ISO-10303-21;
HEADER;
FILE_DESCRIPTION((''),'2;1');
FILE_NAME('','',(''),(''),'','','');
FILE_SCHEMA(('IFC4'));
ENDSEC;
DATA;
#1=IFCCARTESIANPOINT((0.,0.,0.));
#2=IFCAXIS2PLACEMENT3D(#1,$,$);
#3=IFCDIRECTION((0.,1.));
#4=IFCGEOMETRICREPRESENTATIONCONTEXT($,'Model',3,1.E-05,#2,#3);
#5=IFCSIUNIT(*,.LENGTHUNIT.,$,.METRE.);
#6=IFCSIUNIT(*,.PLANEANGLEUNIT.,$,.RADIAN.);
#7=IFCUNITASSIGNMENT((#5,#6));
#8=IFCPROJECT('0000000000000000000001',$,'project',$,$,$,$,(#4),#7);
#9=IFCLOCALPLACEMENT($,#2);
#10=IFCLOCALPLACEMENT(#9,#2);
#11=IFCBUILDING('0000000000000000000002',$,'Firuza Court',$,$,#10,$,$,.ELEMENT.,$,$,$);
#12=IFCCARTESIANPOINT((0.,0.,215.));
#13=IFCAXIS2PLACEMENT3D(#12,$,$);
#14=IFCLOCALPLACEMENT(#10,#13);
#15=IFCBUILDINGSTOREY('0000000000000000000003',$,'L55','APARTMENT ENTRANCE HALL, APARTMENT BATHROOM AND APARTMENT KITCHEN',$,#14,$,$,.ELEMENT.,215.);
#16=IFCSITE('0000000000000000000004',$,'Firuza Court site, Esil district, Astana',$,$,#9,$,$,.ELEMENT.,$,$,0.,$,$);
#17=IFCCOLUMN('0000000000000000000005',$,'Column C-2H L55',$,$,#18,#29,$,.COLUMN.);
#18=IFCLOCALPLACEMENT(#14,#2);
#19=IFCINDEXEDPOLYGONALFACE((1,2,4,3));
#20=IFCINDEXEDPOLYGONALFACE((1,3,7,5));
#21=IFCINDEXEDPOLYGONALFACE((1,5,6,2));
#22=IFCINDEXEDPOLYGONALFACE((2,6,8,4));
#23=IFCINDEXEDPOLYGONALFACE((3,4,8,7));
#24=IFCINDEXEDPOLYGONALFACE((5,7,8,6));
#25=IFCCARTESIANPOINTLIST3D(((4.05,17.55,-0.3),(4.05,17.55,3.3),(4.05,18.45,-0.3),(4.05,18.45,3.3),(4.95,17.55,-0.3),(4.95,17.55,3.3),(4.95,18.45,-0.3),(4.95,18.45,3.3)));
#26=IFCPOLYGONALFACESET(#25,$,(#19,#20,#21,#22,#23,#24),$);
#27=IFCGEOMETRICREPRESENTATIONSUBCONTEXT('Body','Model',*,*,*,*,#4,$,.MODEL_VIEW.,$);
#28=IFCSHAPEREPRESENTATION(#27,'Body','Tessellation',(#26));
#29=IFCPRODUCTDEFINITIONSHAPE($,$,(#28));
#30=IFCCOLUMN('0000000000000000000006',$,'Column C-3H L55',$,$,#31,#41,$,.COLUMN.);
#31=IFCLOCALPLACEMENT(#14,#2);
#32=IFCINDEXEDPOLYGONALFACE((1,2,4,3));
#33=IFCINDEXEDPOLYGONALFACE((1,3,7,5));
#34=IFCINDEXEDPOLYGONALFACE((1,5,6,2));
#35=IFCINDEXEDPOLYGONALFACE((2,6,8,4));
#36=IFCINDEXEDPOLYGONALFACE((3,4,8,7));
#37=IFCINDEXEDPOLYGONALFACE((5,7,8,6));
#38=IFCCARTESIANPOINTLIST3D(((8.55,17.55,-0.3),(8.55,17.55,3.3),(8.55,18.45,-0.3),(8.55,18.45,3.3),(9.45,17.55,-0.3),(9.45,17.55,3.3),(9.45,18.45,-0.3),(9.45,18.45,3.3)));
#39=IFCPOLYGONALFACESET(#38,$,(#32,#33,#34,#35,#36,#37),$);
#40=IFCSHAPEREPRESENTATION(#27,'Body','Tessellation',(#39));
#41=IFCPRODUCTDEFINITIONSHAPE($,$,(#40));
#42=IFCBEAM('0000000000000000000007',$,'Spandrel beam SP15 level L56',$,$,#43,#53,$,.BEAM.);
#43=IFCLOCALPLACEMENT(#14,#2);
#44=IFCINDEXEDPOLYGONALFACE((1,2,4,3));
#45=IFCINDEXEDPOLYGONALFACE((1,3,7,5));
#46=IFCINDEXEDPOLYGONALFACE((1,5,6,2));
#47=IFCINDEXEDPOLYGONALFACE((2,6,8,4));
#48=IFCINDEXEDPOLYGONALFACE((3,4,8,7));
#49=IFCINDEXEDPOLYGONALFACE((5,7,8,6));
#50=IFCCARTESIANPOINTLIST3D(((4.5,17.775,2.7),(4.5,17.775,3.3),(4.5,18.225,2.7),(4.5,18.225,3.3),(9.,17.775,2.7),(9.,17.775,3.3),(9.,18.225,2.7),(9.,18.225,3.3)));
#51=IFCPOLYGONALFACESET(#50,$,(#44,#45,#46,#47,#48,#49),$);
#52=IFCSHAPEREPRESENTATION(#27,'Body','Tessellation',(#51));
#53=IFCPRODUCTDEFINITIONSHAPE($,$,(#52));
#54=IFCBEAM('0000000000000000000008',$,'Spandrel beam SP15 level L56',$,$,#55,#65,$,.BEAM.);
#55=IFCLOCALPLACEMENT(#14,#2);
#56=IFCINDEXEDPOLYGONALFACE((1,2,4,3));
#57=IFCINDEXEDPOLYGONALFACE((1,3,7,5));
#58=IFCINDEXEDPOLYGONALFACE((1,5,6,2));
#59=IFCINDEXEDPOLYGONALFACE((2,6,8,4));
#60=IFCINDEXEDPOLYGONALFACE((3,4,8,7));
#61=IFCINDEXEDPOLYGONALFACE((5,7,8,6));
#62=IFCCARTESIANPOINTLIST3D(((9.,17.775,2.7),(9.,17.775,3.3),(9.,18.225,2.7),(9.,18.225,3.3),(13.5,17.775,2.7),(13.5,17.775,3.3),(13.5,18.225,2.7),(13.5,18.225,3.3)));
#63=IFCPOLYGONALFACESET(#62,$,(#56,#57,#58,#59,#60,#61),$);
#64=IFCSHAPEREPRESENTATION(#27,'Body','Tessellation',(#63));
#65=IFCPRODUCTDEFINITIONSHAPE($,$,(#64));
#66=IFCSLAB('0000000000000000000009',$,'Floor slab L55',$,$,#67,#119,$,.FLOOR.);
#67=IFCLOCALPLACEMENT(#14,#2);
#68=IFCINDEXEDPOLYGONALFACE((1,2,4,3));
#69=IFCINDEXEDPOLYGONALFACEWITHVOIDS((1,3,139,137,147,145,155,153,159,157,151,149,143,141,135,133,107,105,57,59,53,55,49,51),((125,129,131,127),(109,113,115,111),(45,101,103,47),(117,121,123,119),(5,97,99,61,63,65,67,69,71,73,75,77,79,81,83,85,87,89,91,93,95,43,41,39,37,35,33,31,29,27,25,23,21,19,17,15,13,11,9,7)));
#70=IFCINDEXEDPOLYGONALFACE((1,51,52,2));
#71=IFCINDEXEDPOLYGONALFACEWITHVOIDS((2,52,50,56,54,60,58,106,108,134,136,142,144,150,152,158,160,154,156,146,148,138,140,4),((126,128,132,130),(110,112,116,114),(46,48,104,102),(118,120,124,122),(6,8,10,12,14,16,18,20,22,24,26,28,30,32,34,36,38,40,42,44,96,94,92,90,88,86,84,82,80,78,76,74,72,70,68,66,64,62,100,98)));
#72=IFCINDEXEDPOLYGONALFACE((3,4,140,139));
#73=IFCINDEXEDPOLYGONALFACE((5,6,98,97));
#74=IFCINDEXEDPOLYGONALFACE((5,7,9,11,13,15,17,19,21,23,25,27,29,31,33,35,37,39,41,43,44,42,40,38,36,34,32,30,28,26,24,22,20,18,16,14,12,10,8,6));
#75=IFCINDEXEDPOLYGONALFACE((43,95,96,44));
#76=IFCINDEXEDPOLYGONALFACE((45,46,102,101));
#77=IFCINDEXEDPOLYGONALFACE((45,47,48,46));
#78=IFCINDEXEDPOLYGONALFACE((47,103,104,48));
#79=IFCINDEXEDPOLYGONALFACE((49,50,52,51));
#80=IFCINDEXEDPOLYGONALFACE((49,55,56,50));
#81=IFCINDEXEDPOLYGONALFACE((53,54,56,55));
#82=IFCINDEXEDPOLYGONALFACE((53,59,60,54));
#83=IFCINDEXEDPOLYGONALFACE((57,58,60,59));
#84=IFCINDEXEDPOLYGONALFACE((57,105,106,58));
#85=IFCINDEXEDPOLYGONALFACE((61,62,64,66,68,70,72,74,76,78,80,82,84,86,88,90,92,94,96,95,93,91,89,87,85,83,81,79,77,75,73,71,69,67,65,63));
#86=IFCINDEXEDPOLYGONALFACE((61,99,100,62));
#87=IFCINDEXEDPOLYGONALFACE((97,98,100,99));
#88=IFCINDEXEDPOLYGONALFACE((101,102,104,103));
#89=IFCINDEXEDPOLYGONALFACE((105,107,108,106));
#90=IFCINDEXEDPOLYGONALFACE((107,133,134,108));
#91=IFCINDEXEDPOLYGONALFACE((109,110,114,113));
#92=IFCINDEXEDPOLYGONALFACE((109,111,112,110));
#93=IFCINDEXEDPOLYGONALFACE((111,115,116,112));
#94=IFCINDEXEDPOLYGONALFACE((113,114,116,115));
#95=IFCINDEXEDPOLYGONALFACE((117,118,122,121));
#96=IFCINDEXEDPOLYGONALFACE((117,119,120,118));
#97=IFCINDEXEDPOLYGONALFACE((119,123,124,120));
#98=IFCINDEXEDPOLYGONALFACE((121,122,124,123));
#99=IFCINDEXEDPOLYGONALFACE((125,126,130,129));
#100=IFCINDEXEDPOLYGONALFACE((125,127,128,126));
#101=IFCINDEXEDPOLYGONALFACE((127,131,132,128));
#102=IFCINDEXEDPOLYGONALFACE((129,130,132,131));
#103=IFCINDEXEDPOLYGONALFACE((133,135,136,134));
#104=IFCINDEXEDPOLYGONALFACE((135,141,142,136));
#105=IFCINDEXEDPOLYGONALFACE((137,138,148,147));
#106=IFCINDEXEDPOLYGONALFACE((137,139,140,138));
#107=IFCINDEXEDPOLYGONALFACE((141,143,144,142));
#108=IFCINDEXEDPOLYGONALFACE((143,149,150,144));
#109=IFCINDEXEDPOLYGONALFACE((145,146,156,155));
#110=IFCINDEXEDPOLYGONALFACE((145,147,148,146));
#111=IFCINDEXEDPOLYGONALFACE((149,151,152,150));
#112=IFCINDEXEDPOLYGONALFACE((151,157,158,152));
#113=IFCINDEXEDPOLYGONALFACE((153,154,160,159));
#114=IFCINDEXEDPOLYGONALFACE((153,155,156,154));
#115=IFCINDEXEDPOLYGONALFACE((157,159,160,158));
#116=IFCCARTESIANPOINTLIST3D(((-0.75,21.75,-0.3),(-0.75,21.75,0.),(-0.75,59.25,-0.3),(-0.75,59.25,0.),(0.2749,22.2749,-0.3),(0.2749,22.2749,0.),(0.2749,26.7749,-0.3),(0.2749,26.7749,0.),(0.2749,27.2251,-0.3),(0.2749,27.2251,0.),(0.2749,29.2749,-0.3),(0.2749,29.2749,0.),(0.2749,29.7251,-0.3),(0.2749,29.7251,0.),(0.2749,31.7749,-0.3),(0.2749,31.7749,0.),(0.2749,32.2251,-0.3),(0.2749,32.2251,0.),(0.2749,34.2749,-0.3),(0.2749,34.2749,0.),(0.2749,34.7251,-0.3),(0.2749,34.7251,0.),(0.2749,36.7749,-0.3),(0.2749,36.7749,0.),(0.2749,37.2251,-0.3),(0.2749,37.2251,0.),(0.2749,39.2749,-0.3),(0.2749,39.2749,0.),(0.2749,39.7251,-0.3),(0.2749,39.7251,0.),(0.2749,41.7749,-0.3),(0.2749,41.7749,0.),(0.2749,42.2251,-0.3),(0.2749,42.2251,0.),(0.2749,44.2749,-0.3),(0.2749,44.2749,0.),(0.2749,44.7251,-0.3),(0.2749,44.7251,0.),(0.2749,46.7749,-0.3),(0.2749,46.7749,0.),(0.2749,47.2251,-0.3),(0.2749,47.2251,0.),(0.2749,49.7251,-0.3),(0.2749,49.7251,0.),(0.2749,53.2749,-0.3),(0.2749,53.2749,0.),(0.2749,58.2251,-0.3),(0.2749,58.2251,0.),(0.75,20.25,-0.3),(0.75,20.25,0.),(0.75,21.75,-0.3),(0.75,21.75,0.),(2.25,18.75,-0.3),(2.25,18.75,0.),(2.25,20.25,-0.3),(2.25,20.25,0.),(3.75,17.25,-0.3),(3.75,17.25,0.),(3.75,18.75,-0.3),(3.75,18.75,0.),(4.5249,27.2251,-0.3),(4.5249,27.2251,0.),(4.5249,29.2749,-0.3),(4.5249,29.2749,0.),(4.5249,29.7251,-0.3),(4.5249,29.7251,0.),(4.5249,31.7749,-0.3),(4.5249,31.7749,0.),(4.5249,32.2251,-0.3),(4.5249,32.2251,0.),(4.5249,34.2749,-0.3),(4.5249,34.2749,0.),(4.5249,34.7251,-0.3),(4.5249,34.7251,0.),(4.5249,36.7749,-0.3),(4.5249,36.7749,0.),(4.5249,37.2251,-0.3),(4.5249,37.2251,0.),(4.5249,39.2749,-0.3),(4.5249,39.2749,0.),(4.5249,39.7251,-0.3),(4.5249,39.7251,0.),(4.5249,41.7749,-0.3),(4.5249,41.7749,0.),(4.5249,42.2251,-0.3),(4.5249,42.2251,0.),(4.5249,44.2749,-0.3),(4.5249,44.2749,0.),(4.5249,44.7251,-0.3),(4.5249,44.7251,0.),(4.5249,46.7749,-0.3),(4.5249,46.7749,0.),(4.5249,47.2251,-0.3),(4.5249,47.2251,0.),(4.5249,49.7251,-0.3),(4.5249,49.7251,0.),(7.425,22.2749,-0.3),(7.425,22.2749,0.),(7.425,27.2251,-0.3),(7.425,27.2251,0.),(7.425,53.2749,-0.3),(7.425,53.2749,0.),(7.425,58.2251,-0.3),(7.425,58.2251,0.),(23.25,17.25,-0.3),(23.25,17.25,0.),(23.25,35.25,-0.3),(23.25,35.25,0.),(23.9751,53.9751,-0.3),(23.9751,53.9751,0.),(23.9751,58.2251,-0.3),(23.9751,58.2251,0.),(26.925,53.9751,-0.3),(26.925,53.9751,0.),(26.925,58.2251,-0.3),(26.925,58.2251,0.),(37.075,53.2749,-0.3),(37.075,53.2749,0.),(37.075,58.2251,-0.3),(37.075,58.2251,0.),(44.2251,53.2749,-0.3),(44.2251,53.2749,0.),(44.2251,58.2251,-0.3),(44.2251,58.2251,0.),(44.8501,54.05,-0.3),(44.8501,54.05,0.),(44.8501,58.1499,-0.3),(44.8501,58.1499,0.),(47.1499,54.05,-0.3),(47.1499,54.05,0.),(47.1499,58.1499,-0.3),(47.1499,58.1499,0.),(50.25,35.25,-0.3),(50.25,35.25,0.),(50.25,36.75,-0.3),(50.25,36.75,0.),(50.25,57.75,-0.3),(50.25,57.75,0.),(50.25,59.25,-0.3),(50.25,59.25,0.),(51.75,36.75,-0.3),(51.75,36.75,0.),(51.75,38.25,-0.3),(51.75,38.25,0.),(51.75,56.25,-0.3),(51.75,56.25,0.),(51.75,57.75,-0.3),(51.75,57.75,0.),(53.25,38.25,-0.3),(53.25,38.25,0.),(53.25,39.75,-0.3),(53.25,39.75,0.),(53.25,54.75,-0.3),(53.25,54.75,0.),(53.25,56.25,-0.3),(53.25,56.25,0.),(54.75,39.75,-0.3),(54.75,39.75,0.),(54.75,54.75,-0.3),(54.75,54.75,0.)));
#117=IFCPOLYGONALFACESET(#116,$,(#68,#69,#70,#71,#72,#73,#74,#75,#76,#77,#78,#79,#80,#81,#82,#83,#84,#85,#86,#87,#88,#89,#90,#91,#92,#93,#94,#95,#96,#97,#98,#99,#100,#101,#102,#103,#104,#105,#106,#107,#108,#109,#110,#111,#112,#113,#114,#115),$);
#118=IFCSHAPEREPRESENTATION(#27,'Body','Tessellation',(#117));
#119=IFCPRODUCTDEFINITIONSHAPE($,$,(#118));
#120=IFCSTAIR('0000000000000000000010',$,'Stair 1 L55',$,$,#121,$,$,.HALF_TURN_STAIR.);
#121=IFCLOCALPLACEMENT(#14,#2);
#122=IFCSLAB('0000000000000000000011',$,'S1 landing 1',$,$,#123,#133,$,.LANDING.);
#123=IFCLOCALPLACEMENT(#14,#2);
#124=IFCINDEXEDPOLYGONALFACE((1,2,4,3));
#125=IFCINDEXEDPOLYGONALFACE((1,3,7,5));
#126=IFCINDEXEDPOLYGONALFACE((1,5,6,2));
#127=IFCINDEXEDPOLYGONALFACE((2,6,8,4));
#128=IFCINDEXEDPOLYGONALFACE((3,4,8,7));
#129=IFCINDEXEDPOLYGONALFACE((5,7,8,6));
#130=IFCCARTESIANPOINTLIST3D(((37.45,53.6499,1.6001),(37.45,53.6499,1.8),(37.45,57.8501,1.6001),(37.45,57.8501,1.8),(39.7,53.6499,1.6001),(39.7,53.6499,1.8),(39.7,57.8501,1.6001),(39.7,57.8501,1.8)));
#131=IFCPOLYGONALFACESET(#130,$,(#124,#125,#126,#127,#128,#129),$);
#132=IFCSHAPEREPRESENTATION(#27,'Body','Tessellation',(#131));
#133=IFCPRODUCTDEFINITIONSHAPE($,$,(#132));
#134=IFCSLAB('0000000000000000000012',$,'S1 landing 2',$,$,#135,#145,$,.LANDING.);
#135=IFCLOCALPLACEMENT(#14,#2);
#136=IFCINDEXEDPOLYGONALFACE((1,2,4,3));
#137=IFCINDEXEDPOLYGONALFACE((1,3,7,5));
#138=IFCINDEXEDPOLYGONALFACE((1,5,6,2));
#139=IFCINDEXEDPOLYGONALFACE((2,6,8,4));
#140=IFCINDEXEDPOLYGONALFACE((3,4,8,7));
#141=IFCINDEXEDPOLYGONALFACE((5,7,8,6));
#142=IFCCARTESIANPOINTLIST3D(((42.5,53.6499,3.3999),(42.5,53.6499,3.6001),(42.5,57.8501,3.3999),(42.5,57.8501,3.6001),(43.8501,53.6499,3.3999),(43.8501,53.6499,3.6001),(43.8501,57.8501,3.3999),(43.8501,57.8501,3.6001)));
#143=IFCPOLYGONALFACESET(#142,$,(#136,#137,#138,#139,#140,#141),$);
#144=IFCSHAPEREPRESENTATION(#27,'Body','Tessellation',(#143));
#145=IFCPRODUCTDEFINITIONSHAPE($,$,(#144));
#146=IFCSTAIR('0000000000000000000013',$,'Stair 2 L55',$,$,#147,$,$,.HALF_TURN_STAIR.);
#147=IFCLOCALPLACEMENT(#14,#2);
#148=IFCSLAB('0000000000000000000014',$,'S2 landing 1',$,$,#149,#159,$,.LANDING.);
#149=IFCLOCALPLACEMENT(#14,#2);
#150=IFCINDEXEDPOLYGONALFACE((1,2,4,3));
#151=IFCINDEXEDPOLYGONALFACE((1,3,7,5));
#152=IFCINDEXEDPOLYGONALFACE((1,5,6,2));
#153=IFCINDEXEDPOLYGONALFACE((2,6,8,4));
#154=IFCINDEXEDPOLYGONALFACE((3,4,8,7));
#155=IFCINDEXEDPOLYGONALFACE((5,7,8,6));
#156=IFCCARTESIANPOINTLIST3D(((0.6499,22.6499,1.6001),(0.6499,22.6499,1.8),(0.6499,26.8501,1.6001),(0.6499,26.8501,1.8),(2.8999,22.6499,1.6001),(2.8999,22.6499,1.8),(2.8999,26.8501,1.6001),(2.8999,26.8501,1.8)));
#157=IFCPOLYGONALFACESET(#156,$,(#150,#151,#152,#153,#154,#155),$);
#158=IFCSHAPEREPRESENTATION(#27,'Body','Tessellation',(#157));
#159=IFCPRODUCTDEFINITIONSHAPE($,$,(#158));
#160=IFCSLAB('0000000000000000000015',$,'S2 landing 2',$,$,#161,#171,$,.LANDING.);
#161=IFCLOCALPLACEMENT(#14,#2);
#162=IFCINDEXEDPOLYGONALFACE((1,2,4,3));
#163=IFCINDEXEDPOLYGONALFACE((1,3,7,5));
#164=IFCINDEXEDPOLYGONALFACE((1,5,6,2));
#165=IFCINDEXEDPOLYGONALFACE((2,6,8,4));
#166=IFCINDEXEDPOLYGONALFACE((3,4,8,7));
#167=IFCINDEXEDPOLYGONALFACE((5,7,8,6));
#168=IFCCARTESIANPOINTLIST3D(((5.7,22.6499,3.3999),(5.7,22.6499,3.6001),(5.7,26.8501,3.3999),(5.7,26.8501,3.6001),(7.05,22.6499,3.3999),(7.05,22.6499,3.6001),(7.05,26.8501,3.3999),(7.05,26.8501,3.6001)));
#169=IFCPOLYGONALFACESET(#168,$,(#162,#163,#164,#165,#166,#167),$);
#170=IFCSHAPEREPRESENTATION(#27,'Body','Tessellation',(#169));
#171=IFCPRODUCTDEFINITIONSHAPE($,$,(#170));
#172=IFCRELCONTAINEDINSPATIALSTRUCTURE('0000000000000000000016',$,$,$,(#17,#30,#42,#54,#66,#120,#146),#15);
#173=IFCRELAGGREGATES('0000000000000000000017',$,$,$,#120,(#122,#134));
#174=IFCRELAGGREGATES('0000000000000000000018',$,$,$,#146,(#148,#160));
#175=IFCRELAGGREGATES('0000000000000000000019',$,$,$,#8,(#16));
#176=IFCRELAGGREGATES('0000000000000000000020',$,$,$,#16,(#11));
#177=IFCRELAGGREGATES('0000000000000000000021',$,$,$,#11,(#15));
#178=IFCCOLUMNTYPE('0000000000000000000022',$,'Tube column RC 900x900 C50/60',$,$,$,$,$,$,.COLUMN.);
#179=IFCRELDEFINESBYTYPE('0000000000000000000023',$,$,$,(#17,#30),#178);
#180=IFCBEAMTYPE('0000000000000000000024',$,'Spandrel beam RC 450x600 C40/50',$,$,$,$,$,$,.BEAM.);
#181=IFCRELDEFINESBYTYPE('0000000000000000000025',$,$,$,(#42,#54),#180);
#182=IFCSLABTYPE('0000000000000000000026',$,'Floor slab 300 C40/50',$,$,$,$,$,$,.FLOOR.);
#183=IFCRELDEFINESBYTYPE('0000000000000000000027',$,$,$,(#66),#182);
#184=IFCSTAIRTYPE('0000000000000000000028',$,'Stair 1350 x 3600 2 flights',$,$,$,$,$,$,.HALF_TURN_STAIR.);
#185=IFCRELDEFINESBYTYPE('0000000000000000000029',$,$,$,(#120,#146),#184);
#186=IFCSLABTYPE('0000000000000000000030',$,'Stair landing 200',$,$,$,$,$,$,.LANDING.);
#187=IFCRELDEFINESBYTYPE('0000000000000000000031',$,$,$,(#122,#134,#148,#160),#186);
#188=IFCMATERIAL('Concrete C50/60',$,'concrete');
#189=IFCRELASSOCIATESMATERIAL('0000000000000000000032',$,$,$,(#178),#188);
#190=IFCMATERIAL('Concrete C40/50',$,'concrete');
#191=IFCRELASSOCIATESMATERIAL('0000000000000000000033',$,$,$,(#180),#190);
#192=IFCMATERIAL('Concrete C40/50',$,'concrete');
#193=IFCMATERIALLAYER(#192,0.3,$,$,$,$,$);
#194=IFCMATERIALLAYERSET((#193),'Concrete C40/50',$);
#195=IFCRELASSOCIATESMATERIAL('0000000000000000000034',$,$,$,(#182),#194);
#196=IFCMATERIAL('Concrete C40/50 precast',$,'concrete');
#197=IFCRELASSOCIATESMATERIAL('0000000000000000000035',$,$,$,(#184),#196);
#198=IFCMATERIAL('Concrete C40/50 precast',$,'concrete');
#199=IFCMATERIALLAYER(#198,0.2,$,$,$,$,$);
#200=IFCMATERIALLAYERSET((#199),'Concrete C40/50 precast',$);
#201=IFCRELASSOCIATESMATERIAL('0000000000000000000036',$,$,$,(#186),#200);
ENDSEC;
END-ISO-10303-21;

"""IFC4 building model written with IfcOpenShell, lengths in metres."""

from ifc_helpers import new_model, si_unit, direction, frame, origin, origin_2d, place, context, subcontext, project, spatial, polyline, rectangle, outline, extrude, material, layer, layer_set, material_profile, profile_set, type_object, element, aggregate, save


model = new_model("IFC4")

# Units and contexts
model_context = context("Model", 3, precision=1e-05, world=origin(), true_north=direction((0.0, 1.0)))
body_context = subcontext(model_context, "Body", "Model", "MODEL_VIEW")
ifc_project = project(units=[si_unit("LENGTHUNIT", "METRE"), si_unit("PLANEANGLEUNIT", "RADIAN")], contexts=[model_context])

# Site, building, storey
site_placement = place(None, origin())
site = spatial("IfcSite", under=ifc_project, at=site_placement, Name="Firuza Court site, Esil district, Astana", CompositionType="ELEMENT", RefElevation=0.0)
building_placement = place(site_placement, origin())
building = spatial("IfcBuilding", under=site, at=building_placement, Name="Firuza Court", CompositionType="ELEMENT")
storey_placement = place(building_placement, frame((0.0, 0.0, 215.0)))
storey = spatial("IfcBuildingStorey", under=building, at=storey_placement, Name="L55", Description="APARTMENT ENTRANCE HALL, APARTMENT BATHROOM AND APARTMENT KITCHEN", CompositionType="ELEMENT", Elevation=215.0)

# Columns
ifc_material_1 = material(Name="Concrete C50/60", Category="concrete")
ifc_material_profile_1 = material_profile(ifc_material_1, rectangle(XDim=0.8999, YDim=0.8999, at=origin_2d()), Name="RC 900x900")
ifc_profile_set_1 = profile_set([ifc_material_profile_1], Name="Concrete C50/60")
column_type = type_object("IfcColumnType", Name="Tube column RC 900x900 C50/60", PredefinedType="COLUMN", material=ifc_profile_set_1)
for number, where, z_axis, x_axis, name in (
    (1, (4.5, 18.0, -0.3), (0.0, 0.0, 1.0), (1.0, 0.0, 0.0), "Column C-2H L55"),
    (2, (9.0, 18.0, -0.3), (0.0, 0.0, 1.0), (1.0, 0.0, 0.0), "Column C-3H L55"),
):
    element("IfcColumn", number, at=place(storey_placement, frame(where, z_axis=z_axis, x_axis=x_axis)), inside=storey, type_object=column_type, Name=name, PredefinedType="COLUMN", context=body_context, shape_type="SweptSolid", body=[
        extrude(rectangle(XDim=0.8999, YDim=0.8999, at=origin_2d()), origin(), (0.0, 0.0, 1.0), 3.6001),
    ])

# Beams
ifc_material_2 = material(Name="Concrete C40/50", Category="concrete")
ifc_material_profile_2 = material_profile(ifc_material_2, rectangle(XDim=0.45, YDim=0.6001, at=origin_2d()), Name="RC 450x600")
ifc_profile_set_2 = profile_set([ifc_material_profile_2], Name="Concrete C40/50")
beam_type = type_object("IfcBeamType", Name="Spandrel beam RC 450x600 C40/50", PredefinedType="BEAM", material=ifc_profile_set_2)
for number, where, z_axis, x_axis, name in (
    (3, (4.5, 18.0, 3.0), (1.0, 0.0, 0.0), (0.0, 1.0, 0.0), "Spandrel beam SP15 level L56"),
    (4, (9.0, 18.0, 3.0), (1.0, 0.0, 0.0), (0.0, 1.0, 0.0), "Spandrel beam SP15 level L56"),
):
    element("IfcBeam", number, at=place(storey_placement, frame(where, z_axis=z_axis, x_axis=x_axis)), inside=storey, type_object=beam_type, Name=name, PredefinedType="BEAM", context=body_context, shape_type="SweptSolid", body=[
        extrude(rectangle(XDim=0.45, YDim=0.6001, at=origin_2d()), origin(), (0.0, 0.0, 1.0), 4.5),
    ])

# Slab
ifc_material_3 = material(Name="Concrete C40/50", Category="concrete")
ifc_layer_1 = layer(ifc_material_3, 0.3)
ifc_layer_set_1 = layer_set([ifc_layer_1], Name="Concrete C40/50")
slab_type_1 = type_object("IfcSlabType", Name="Floor slab 300 C40/50", PredefinedType="FLOOR", material=ifc_layer_set_1)
slab_1_placement = place(storey_placement, frame((0.0, 0.0, -0.3)))
element("IfcSlab", 5, at=slab_1_placement, inside=storey, type_object=slab_type_1, Name="Floor slab L55", PredefinedType="FLOOR", context=body_context, shape_type="SweptSolid", body=[
    extrude(outline(polyline([(-0.75, 59.25), (50.25, 59.25), (50.25, 57.75), (51.75, 57.75), (51.75, 56.25), (53.25, 56.25), (53.25, 54.75), (54.75, 54.75), (54.75, 39.75), (53.25, 39.75), (53.25, 38.25), (51.75, 38.25), (51.75, 36.75), (50.25, 36.75), (50.25, 35.25), (23.25, 35.25), (23.25, 17.25), (3.75, 17.25), (3.75, 18.75), (2.25, 18.75), (2.25, 20.25), (0.75, 20.25), (0.75, 21.75), (-0.75, 21.75), (-0.75, 59.25)]), holes=[polyline([(0.2749, 34.2749), (0.2749, 32.2251), (0.2749, 31.7749), (0.2749, 29.7251), (0.2749, 29.2749), (0.2749, 27.2251), (0.2749, 26.7749), (0.2749, 22.2749), (7.425, 22.2749), (7.425, 27.2251), (4.5249, 27.2251), (4.5249, 29.2749), (4.5249, 29.7251), (4.5249, 31.7749), (4.5249, 32.2251), (4.5249, 34.2749), (4.5249, 34.7251), (4.5249, 36.7749), (4.5249, 37.2251), (4.5249, 39.2749), (4.5249, 39.7251), (4.5249, 41.7749), (4.5249, 42.2251), (4.5249, 44.2749), (4.5249, 44.7251), (4.5249, 46.7749), (4.5249, 47.2251), (4.5249, 49.7251), (0.2749, 49.7251), (0.2749, 47.2251), (0.2749, 46.7749), (0.2749, 44.7251), (0.2749, 44.2749), (0.2749, 42.2251), (0.2749, 41.7749), (0.2749, 39.7251), (0.2749, 39.2749), (0.2749, 37.2251), (0.2749, 36.7749), (0.2749, 34.7251), (0.2749, 34.2749)]), polyline([(7.425, 58.2251), (0.2749, 58.2251), (0.2749, 53.2749), (7.425, 53.2749), (7.425, 58.2251)]), polyline([(44.2251, 58.2251), (37.075, 58.2251), (37.075, 53.2749), (44.2251, 53.2749), (44.2251, 58.2251)]), polyline([(26.925, 58.2251), (23.9751, 58.2251), (23.9751, 53.9751), (26.925, 53.9751), (26.925, 58.2251)]), polyline([(47.1499, 58.1499), (44.8501, 58.1499), (44.8501, 54.05), (47.1499, 54.05), (47.1499, 58.1499)])]), origin(), (0.0, 0.0, 1.0), 0.3),
])

# Stairs, slabs
ifc_material_4 = material(Name="Concrete C40/50 precast", Category="concrete")
stair_type = type_object("IfcStairType", Name="Stair 1350 x 3600 2 flights", PredefinedType="HALF_TURN_STAIR", material=ifc_material_4)
stair_1_placement = place(storey_placement, origin())
stair_1 = element("IfcStair", 6, at=stair_1_placement, inside=storey, type_object=stair_type, Name="Stair 1 L55", PredefinedType="HALF_TURN_STAIR")
ifc_material_5 = material(Name="Concrete C40/50 precast", Category="concrete")
ifc_layer_2 = layer(ifc_material_5, 0.2)
ifc_layer_set_2 = layer_set([ifc_layer_2], Name="Concrete C40/50 precast")
slab_type_2 = type_object("IfcSlabType", Name="Stair landing 200", PredefinedType="LANDING", material=ifc_layer_set_2)
slab_2_placement = place(storey_placement, frame((0.0, 0.0, 1.6001)))
slab_2 = element("IfcSlab", 7, at=slab_2_placement, type_object=slab_type_2, Name="S1 landing 1", PredefinedType="LANDING", context=body_context, shape_type="SweptSolid", body=[
    extrude(outline(polyline([(39.7, 53.6499), (39.7, 57.8501), (37.45, 57.8501), (37.45, 53.6499), (39.7, 53.6499)])), origin(), (0.0, 0.0, 1.0), 0.2),
])
slab_3_placement = place(storey_placement, frame((0.0, 0.0, 3.3999)))
slab_3 = element("IfcSlab", 8, at=slab_3_placement, type_object=slab_type_2, Name="S1 landing 2", PredefinedType="LANDING", context=body_context, shape_type="SweptSolid", body=[
    extrude(outline(polyline([(43.8501, 53.6499), (43.8501, 57.8501), (42.5, 57.8501), (42.5, 53.6499), (43.8501, 53.6499)])), origin(), (0.0, 0.0, 1.0), 0.2002),
])
aggregate(stair_1, [slab_2, slab_3])
stair_2_placement = place(storey_placement, origin())
stair_2 = element("IfcStair", 9, at=stair_2_placement, inside=storey, type_object=stair_type, Name="Stair 2 L55", PredefinedType="HALF_TURN_STAIR")
slab_4_placement = place(storey_placement, frame((0.0, 0.0, 1.6001)))
slab_4 = element("IfcSlab", 10, at=slab_4_placement, type_object=slab_type_2, Name="S2 landing 1", PredefinedType="LANDING", context=body_context, shape_type="SweptSolid", body=[
    extrude(outline(polyline([(2.8999, 22.6499), (2.8999, 26.8501), (0.6499, 26.8501), (0.6499, 22.6499), (2.8999, 22.6499)])), origin(), (0.0, 0.0, 1.0), 0.2),
])
slab_5_placement = place(storey_placement, frame((0.0, 0.0, 3.3999)))
slab_5 = element("IfcSlab", 11, at=slab_5_placement, type_object=slab_type_2, Name="S2 landing 2", PredefinedType="LANDING", context=body_context, shape_type="SweptSolid", body=[
    extrude(outline(polyline([(7.05, 22.6499), (7.05, 26.8501), (5.7, 26.8501), (5.7, 22.6499), (7.05, 22.6499)])), origin(), (0.0, 0.0, 1.0), 0.2002),
])
aggregate(stair_2, [slab_4, slab_5])

save(model, "model.ifc")
